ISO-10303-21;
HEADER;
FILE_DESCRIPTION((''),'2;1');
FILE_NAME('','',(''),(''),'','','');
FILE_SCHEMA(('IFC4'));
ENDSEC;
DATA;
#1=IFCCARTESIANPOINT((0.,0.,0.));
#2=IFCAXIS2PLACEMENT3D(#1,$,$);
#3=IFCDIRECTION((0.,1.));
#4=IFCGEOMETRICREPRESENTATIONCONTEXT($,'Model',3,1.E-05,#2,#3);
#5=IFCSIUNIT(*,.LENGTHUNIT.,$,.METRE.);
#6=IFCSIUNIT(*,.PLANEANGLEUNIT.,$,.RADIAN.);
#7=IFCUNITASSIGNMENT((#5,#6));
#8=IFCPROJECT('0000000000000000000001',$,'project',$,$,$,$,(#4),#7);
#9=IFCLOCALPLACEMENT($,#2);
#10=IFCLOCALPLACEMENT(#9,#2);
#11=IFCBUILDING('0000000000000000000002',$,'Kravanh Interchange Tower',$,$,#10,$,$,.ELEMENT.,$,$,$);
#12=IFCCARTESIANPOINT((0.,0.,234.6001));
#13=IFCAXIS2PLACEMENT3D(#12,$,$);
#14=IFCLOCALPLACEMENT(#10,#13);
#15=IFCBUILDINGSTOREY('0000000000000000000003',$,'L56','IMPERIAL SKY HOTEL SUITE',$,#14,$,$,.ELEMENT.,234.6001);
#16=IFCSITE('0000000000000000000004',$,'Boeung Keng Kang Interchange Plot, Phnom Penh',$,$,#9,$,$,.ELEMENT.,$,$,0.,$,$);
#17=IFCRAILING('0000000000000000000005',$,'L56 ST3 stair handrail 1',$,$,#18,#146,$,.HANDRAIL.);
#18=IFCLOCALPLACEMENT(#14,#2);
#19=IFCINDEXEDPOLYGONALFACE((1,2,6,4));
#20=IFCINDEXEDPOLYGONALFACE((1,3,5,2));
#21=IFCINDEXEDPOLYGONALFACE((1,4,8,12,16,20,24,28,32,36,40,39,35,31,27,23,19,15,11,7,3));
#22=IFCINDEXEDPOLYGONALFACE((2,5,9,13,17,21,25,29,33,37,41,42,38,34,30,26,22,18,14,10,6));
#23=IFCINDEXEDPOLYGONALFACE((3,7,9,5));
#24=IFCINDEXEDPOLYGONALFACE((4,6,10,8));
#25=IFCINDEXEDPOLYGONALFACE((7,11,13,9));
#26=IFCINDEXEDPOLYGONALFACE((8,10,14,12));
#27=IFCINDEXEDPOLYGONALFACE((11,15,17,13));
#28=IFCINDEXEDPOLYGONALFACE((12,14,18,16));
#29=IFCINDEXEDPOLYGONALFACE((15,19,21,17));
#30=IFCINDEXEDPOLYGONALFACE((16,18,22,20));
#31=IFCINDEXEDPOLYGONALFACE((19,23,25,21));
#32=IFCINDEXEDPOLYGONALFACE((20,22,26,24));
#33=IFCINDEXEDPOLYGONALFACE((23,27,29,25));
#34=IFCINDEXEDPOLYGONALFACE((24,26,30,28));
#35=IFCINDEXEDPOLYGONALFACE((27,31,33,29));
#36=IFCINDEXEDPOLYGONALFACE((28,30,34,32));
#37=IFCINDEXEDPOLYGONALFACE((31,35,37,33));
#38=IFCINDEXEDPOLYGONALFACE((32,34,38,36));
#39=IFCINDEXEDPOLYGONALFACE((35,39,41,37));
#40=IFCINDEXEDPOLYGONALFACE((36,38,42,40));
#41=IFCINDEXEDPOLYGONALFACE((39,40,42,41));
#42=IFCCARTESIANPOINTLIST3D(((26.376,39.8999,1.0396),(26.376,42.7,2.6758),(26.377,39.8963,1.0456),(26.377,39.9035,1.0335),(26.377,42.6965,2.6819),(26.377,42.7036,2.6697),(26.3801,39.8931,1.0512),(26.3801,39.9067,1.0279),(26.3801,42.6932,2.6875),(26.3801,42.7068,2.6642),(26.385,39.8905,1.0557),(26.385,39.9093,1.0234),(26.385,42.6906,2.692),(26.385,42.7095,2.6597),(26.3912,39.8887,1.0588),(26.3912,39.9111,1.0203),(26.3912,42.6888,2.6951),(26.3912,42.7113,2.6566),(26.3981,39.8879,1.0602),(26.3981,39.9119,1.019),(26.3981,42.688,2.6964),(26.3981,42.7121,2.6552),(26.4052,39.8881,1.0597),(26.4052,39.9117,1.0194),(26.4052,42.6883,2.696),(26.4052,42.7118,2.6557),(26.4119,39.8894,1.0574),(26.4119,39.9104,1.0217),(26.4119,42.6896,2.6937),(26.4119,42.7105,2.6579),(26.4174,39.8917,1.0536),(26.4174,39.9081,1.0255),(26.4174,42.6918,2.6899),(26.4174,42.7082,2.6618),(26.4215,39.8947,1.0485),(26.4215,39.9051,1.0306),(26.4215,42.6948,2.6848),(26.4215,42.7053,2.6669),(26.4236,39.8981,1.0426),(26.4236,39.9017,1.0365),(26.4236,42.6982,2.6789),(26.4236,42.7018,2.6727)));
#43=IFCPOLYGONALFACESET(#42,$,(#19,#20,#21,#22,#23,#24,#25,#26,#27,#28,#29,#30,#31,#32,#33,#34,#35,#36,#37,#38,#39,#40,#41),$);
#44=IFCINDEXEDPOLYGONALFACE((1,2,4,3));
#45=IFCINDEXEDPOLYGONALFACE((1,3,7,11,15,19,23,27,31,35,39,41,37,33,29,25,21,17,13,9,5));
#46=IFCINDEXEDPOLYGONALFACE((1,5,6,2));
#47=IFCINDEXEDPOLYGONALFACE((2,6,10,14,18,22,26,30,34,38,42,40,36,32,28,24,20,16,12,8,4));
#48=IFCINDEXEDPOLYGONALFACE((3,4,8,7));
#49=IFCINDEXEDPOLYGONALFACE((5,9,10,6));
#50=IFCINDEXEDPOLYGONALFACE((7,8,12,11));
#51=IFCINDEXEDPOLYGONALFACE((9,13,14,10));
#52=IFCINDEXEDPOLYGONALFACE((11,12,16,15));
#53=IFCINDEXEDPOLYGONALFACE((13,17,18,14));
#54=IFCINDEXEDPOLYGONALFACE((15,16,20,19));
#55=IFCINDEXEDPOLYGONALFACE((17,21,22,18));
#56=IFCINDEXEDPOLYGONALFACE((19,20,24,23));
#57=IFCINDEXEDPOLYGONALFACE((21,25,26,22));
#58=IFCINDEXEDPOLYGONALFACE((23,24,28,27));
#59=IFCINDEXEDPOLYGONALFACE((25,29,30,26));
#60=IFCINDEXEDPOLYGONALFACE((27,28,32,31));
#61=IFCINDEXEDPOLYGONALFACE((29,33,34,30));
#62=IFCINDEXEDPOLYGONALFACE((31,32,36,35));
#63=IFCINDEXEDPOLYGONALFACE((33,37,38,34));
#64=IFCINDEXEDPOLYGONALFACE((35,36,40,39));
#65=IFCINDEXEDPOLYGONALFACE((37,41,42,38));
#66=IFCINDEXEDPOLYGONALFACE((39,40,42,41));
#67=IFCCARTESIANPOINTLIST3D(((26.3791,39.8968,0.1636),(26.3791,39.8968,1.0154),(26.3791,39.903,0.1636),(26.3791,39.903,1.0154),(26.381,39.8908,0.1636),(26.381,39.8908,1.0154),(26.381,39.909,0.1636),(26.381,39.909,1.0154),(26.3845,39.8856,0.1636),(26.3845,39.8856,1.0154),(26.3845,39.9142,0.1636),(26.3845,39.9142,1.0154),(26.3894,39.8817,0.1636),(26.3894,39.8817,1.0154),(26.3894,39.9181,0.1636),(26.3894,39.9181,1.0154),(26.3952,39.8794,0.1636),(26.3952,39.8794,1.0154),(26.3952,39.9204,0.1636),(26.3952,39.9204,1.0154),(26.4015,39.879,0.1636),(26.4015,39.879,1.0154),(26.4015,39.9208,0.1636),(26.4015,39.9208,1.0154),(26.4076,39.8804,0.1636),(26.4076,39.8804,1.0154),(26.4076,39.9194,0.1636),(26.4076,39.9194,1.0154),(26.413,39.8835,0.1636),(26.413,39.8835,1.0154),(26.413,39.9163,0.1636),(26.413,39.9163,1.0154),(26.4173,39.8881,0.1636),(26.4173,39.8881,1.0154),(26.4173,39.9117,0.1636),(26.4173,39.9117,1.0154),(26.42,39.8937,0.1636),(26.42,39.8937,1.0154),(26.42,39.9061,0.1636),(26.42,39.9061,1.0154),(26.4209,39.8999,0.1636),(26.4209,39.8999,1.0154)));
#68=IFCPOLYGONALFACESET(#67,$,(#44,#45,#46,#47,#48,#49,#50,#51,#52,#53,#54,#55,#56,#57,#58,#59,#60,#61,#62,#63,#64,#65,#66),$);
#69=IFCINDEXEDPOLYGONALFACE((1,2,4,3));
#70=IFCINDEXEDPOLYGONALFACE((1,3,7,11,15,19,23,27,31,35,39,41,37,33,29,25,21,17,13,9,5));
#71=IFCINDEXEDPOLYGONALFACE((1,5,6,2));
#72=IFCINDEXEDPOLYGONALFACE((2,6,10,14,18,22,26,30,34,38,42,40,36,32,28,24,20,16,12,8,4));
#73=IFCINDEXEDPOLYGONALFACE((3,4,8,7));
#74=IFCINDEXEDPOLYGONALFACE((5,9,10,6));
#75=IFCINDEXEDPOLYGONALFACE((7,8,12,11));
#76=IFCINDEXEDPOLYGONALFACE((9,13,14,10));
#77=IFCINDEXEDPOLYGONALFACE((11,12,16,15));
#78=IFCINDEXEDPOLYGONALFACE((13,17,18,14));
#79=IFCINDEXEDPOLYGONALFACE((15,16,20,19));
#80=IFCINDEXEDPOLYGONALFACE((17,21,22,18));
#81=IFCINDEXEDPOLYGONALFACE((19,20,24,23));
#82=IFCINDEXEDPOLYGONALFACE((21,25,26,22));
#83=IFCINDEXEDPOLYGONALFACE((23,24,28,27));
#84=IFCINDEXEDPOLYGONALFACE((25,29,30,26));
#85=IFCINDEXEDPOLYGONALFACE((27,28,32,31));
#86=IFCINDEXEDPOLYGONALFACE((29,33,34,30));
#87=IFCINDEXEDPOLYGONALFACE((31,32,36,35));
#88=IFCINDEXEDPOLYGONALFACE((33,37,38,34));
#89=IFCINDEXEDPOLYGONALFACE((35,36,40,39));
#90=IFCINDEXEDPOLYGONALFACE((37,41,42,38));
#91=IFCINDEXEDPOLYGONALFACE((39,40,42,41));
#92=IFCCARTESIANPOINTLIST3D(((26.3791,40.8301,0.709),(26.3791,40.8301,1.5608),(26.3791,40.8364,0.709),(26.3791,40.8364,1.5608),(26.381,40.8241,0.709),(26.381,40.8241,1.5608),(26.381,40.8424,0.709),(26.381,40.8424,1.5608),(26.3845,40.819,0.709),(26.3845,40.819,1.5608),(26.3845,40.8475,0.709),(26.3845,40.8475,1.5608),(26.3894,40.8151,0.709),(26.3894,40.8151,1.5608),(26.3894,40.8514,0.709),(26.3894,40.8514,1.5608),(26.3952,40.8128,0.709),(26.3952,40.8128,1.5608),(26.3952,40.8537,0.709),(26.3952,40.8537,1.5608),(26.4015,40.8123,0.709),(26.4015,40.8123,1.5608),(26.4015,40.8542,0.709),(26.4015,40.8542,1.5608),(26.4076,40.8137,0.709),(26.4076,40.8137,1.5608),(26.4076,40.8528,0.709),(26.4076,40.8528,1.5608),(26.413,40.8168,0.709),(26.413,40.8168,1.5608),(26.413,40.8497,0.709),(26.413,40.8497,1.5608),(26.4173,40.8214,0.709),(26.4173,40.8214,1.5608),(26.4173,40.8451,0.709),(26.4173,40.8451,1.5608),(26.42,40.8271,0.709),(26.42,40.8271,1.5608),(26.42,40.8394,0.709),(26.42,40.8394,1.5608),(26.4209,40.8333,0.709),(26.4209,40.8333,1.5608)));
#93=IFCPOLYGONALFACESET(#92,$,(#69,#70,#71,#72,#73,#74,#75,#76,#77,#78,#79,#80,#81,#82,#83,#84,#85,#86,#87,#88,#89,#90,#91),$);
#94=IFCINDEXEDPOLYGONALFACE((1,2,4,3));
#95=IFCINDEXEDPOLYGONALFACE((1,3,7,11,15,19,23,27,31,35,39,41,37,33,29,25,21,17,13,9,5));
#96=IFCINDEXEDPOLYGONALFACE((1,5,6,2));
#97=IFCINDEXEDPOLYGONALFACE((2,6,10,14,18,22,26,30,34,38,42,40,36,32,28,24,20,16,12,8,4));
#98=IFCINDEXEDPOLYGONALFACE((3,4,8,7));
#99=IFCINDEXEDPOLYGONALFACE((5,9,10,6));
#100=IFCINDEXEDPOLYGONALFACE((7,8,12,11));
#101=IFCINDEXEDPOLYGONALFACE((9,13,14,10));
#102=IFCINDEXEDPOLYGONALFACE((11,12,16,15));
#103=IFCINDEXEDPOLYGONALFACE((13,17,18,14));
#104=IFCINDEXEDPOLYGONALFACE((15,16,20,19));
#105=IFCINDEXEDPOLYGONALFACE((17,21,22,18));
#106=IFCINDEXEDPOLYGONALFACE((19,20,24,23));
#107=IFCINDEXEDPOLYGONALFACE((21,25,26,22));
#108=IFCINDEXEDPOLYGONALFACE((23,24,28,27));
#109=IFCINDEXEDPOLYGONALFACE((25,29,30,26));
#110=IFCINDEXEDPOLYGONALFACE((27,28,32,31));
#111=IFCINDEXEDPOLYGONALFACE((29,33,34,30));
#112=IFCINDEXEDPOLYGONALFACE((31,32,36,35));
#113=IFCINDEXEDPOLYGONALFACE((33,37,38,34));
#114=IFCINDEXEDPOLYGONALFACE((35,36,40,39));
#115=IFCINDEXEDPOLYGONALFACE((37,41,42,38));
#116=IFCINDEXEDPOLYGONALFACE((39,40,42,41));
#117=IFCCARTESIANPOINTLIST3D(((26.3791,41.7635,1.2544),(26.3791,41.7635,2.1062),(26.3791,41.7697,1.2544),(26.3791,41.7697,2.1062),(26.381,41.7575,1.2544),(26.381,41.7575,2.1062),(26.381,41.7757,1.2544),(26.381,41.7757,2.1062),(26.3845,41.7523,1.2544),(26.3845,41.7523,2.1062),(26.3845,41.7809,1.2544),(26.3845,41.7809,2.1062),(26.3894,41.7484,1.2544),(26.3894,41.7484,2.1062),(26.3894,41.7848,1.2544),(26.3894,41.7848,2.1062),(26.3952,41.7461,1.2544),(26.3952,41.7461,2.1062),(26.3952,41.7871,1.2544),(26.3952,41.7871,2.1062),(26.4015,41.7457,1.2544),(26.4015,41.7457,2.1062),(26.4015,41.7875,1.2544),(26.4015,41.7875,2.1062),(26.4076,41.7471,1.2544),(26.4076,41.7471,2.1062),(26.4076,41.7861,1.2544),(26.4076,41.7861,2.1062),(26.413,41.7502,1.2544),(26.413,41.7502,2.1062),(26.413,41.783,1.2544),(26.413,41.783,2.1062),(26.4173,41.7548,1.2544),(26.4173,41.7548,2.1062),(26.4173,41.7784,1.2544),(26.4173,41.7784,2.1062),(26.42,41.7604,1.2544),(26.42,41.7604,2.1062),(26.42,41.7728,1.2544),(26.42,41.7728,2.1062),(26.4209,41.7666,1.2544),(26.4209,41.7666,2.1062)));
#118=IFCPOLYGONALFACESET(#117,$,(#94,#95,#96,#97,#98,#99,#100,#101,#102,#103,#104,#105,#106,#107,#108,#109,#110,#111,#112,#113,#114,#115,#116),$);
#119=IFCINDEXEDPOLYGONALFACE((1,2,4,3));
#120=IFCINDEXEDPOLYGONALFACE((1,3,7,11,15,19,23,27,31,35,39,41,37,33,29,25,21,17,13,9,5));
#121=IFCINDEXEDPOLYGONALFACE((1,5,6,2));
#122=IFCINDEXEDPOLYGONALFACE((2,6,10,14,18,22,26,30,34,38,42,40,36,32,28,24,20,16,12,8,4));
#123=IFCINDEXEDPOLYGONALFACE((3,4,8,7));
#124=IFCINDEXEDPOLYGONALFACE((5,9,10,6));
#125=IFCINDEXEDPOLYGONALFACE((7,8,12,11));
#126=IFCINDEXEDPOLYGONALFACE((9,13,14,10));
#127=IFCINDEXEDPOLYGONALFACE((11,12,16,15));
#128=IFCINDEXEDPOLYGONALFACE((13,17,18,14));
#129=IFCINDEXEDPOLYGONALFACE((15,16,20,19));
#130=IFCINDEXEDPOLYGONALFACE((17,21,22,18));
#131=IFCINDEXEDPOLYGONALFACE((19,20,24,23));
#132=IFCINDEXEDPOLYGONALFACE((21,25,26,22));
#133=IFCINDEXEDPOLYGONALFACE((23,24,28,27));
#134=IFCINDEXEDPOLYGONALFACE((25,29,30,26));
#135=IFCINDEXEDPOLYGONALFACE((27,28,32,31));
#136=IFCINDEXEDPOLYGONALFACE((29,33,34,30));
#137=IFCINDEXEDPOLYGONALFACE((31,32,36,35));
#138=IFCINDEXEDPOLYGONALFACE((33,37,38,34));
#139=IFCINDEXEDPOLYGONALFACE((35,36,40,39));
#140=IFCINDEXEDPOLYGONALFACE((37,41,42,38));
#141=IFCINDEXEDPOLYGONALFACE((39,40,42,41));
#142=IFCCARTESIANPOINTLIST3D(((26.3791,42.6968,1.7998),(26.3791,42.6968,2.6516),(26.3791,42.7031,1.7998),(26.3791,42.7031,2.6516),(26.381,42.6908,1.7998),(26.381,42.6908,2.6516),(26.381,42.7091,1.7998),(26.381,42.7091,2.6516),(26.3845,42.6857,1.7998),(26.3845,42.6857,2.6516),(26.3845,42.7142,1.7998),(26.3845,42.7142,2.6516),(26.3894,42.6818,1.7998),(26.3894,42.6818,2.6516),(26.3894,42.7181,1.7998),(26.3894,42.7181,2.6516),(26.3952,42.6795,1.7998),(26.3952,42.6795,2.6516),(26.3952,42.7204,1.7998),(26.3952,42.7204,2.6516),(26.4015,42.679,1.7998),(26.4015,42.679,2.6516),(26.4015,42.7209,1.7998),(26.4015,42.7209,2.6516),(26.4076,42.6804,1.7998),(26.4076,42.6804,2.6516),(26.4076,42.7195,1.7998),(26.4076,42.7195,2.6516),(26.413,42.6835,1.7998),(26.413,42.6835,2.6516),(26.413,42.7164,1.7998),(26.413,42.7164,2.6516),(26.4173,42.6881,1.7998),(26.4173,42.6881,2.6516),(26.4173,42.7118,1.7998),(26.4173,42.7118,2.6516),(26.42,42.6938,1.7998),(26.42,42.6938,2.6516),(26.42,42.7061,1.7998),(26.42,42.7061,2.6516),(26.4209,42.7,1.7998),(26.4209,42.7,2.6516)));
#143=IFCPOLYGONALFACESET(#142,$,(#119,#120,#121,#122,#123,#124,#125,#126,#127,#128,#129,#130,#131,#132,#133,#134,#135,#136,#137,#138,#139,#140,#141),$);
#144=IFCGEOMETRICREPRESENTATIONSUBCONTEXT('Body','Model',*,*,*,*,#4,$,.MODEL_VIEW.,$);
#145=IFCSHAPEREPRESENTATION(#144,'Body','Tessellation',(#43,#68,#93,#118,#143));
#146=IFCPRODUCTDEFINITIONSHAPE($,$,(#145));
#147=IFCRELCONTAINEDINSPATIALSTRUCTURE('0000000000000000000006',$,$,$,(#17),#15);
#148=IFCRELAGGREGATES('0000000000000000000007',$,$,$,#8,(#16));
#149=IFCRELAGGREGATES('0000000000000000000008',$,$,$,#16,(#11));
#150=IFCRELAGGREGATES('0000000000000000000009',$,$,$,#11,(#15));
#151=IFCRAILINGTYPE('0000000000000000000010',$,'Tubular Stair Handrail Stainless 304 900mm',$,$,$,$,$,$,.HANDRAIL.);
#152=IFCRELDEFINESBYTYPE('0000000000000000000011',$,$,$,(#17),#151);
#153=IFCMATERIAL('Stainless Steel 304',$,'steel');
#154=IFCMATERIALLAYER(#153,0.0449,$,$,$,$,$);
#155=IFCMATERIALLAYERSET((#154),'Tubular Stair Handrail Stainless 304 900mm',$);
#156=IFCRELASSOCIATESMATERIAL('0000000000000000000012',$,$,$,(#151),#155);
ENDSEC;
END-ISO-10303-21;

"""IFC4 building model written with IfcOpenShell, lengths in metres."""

from ifc_helpers import new_model, si_unit, direction, frame, origin, origin_2d, place, context, subcontext, project, spatial, circle, extrude, material, layer, layer_set, type_object, element, save


model = new_model("IFC4")

# Units and contexts
model_context = context("Model", 3, precision=1e-05, world=origin(), true_north=direction((0.0, 1.0)))
body_context = subcontext(model_context, "Body", "Model", "MODEL_VIEW")
ifc_project = project(units=[si_unit("LENGTHUNIT", "METRE"), si_unit("PLANEANGLEUNIT", "RADIAN")], contexts=[model_context])

# Site, building, storey
site_placement = place(None, origin())
site = spatial("IfcSite", under=ifc_project, at=site_placement, Name="Boeung Keng Kang Interchange Plot, Phnom Penh", CompositionType="ELEMENT", RefElevation=0.0)
building_placement = place(site_placement, origin())
building = spatial("IfcBuilding", under=site, at=building_placement, Name="Kravanh Interchange Tower", CompositionType="ELEMENT")
storey_placement = place(building_placement, frame((0.0, 0.0, 234.6001)))
storey = spatial("IfcBuildingStorey", under=building, at=storey_placement, Name="L56", Description="IMPERIAL SKY HOTEL SUITE", CompositionType="ELEMENT", Elevation=234.6001)

# Railing
ifc_material_1 = material(Name="Stainless Steel 304", Category="steel")
ifc_layer_1 = layer(ifc_material_1, 0.0449)
ifc_layer_set_1 = layer_set([ifc_layer_1], Name="Tubular Stair Handrail Stainless 304 900mm")
railing_type_1 = type_object("IfcRailingType", Name="Tubular Stair Handrail Stainless 304 900mm", PredefinedType="HANDRAIL", material=ifc_layer_set_1)
railing_1_placement = place(storey_placement, frame((26.3999, 39.8999, 0.1636)))
element("IfcRailing", 1, at=railing_1_placement, inside=storey, type_object=railing_type_1, Name="L56 ST3 stair handrail 1", PredefinedType="HANDRAIL", context=body_context, shape_type="SweptSolid", body=[
    extrude(circle(Radius=0.0239, at=origin_2d()), frame((0.0, 0.0, 0.876), z_axis=(0.0, 0.863394, 0.504531), x_axis=(-1.0, 0.0, 0.0)), (0.0, 0.0, 1.0), 3.2432),
    extrude(circle(Radius=0.021, at=origin_2d()), origin(), (0.0, 0.0, 1.0), 0.8518),
    extrude(circle(Radius=0.021, at=origin_2d()), frame((0.0, 0.9333, 0.5454)), (0.0, 0.0, 1.0), 0.8518),
    extrude(circle(Radius=0.021, at=origin_2d()), frame((0.0, 1.8667, 1.0908)), (0.0, 0.0, 1.0), 0.8518),
    extrude(circle(Radius=0.021, at=origin_2d()), frame((0.0, 2.8, 1.6362)), (0.0, 0.0, 1.0), 0.8518),
])

save(model, "model.ifc")
